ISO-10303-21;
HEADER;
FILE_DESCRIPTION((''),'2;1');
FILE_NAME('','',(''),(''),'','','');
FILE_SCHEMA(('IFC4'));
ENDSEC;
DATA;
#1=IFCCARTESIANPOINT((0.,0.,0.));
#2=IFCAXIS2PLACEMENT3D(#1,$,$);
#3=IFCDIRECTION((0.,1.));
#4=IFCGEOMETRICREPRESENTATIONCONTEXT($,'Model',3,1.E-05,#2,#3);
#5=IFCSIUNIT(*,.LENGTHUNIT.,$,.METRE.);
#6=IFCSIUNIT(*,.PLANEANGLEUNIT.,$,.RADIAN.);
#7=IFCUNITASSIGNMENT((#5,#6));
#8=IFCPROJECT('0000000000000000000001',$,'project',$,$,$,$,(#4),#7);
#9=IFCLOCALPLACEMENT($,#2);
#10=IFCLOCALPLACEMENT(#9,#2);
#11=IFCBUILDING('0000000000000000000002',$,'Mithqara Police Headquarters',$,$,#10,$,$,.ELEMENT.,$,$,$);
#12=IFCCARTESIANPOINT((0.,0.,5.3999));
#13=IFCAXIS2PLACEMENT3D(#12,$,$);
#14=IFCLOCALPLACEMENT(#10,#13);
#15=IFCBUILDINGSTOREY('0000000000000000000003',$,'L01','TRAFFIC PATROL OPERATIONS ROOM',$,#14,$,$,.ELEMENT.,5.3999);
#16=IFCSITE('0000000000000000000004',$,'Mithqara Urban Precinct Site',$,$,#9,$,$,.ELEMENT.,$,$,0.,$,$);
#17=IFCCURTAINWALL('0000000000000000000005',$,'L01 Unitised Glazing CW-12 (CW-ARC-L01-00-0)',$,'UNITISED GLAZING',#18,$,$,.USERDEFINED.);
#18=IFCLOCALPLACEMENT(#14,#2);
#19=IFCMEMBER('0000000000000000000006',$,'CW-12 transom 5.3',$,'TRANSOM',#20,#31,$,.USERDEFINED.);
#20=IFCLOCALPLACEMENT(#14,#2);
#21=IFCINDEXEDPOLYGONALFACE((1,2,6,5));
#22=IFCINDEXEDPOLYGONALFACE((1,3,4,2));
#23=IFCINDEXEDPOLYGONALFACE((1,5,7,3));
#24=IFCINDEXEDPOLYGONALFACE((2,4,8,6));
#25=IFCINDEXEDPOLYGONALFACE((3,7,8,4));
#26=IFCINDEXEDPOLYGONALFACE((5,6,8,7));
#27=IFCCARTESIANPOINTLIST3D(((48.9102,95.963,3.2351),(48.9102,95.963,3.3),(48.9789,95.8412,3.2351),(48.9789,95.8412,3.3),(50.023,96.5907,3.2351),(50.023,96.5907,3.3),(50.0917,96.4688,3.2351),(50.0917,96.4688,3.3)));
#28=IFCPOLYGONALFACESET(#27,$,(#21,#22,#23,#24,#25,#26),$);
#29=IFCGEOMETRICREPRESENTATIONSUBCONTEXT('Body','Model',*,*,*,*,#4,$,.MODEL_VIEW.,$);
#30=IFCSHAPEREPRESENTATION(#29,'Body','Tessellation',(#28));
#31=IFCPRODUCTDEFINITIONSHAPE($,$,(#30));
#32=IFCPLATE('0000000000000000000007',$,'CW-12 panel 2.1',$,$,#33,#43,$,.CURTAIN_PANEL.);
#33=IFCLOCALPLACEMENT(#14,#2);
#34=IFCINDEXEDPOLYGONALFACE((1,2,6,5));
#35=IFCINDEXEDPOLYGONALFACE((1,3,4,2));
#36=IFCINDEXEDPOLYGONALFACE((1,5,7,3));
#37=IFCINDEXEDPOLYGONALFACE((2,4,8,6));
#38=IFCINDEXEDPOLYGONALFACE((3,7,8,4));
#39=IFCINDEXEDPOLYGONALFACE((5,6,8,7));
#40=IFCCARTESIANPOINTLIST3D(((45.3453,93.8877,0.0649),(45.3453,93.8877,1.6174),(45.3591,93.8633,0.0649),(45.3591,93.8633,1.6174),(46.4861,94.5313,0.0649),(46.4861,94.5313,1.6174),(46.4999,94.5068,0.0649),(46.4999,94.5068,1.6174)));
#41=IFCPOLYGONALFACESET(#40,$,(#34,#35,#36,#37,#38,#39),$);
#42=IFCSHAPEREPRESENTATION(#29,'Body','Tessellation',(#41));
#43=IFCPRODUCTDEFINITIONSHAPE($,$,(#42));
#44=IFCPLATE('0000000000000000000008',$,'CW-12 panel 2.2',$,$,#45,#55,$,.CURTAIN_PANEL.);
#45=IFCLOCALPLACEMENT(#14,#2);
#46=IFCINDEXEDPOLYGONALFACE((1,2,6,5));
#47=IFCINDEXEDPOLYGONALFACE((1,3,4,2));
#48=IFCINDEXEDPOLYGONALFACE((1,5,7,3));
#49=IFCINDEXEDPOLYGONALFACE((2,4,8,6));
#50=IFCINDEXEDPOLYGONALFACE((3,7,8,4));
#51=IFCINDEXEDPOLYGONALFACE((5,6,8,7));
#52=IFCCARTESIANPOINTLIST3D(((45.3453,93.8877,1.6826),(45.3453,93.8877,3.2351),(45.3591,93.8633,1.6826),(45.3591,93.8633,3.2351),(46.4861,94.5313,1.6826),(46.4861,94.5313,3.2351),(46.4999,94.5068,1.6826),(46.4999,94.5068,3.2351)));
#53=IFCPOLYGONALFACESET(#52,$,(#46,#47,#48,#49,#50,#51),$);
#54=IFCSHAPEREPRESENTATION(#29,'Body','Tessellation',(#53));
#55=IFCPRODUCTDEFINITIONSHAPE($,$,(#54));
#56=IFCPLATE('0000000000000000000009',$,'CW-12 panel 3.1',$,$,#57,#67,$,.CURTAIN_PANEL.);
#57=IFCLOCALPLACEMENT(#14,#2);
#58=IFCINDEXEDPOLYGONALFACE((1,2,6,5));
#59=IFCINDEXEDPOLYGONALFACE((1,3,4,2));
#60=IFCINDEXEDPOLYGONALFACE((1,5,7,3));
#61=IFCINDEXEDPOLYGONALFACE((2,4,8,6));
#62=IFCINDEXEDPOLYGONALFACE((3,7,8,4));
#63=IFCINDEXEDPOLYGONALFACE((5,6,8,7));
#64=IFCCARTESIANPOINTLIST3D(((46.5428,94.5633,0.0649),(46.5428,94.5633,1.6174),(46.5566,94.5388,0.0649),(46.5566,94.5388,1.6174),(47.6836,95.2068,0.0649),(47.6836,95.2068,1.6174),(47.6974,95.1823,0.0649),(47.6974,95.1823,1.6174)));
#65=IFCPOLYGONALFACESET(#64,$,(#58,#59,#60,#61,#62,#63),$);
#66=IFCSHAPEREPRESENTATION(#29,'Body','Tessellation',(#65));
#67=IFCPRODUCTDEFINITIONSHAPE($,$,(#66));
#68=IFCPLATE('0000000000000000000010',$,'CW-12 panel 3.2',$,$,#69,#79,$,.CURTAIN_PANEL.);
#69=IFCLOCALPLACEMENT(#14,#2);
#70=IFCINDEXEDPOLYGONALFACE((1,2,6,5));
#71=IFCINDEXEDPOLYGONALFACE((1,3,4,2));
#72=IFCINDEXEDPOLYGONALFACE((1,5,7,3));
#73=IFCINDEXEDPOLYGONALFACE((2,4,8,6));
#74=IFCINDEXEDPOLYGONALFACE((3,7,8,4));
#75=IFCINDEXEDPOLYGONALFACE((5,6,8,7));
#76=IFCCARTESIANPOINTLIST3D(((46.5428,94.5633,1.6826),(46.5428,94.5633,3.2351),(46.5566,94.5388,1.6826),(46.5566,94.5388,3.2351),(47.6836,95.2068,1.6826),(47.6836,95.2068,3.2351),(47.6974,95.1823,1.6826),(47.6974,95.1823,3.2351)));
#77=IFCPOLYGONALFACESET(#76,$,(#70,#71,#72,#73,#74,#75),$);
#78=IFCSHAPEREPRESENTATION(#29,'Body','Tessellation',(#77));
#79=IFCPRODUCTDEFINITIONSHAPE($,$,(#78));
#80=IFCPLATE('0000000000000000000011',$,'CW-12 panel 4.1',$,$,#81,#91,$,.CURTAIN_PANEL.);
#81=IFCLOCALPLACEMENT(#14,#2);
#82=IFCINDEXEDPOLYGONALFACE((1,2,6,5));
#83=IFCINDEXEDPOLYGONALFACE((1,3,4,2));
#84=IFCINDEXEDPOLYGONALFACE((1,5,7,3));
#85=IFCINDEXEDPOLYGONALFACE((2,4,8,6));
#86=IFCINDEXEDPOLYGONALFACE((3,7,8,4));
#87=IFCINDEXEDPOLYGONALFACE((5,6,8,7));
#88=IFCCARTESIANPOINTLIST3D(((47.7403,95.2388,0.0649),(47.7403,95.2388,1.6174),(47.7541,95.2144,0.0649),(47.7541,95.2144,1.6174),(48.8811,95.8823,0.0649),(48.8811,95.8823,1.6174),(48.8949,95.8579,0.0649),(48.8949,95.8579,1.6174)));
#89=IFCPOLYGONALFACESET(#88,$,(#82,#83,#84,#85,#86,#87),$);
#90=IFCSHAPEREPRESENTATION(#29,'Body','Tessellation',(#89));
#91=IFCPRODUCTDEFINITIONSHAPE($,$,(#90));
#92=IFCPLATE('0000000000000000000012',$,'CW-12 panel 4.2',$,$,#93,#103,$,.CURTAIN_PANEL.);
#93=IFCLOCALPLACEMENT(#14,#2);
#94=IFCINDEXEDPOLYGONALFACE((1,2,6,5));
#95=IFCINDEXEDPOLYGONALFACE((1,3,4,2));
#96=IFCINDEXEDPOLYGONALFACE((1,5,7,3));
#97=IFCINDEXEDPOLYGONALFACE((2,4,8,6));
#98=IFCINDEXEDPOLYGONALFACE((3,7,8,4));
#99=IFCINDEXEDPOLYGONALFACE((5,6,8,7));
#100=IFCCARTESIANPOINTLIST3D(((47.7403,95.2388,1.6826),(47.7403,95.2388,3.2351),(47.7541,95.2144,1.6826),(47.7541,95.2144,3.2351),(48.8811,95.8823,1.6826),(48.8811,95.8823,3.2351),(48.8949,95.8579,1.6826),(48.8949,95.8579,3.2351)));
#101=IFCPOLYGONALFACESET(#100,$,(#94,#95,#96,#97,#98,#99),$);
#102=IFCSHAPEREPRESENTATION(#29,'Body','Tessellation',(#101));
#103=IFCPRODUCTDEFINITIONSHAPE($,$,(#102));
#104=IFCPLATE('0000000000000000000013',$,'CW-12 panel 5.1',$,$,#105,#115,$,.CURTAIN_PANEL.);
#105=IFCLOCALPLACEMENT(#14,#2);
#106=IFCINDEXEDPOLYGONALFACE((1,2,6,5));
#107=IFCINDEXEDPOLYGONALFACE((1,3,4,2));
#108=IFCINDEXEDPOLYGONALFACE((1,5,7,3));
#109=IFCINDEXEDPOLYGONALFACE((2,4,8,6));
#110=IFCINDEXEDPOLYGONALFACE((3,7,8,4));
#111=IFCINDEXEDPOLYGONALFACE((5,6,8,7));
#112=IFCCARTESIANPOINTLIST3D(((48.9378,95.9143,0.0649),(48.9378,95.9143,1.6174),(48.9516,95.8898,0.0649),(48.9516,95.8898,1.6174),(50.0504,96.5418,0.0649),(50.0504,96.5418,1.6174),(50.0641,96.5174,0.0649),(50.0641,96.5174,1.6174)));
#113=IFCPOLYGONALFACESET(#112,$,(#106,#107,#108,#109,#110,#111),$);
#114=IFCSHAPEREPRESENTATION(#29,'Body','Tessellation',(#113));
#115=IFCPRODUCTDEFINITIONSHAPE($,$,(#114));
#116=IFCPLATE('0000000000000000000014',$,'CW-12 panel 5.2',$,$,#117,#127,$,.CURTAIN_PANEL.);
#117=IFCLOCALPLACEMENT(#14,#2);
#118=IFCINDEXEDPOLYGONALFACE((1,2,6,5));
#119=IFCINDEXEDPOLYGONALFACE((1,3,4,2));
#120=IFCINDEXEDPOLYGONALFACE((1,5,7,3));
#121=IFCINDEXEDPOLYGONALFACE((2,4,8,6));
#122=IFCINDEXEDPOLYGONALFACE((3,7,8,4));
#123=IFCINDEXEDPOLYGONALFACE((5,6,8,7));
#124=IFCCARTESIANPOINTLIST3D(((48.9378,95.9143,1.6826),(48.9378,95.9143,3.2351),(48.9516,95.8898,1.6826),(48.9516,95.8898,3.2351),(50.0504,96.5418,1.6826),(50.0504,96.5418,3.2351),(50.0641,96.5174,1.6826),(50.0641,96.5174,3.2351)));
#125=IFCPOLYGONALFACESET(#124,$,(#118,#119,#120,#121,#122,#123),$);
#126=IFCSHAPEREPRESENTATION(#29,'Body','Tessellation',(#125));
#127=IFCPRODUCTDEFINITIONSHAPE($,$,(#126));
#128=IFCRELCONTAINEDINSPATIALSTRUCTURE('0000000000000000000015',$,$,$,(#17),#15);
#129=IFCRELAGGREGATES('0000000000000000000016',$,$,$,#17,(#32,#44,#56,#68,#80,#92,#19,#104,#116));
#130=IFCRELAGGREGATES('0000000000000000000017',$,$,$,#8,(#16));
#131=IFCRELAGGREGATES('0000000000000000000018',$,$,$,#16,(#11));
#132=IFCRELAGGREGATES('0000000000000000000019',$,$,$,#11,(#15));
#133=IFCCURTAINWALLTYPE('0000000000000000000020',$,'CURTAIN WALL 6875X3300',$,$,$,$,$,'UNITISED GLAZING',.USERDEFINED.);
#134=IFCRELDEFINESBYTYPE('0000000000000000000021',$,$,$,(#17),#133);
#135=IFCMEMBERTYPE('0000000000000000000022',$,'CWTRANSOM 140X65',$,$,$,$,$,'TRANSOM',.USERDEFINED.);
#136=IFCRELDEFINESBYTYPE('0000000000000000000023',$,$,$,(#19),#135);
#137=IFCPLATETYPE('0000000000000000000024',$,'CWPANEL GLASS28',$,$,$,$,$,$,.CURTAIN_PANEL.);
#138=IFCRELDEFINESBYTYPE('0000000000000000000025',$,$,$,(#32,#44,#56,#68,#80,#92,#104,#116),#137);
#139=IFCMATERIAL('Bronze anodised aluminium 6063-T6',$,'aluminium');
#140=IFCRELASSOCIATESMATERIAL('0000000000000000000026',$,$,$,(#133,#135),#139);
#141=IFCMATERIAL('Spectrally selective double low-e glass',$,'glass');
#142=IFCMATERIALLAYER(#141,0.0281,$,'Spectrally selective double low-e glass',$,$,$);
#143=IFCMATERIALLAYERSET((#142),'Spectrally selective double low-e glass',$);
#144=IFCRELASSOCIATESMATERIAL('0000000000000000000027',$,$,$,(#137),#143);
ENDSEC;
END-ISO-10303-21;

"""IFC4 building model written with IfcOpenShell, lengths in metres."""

from ifc_helpers import new_model, si_unit, direction, frame, origin, origin_2d, place, context, subcontext, project, spatial, rectangle, extrude, material, layer, layer_set, material_profile, profile_set, type_object, element, aggregate, save


model = new_model("IFC4")

# Units and contexts
model_context = context("Model", 3, precision=1e-05, world=origin(), true_north=direction((0.0, 1.0)))
body_context = subcontext(model_context, "Body", "Model", "MODEL_VIEW")
ifc_project = project(units=[si_unit("LENGTHUNIT", "METRE"), si_unit("PLANEANGLEUNIT", "RADIAN")], contexts=[model_context])

# Site, building, storey
site_placement = place(None, origin())
site = spatial("IfcSite", under=ifc_project, at=site_placement, Name="Mithqara Urban Precinct Site", CompositionType="ELEMENT", RefElevation=0.0)
building_placement = place(site_placement, origin())
building = spatial("IfcBuilding", under=site, at=building_placement, Name="Mithqara Police Headquarters", CompositionType="ELEMENT")
storey_placement = place(building_placement, frame((0.0, 0.0, 5.3999)))
storey = spatial("IfcBuildingStorey", under=building, at=storey_placement, Name="L01", Description="TRAFFIC PATROL OPERATIONS ROOM", CompositionType="ELEMENT", Elevation=5.3999)

# Curtain wall, member, plates
ifc_material_1 = material(Name="Bronze anodised aluminium 6063-T6", Category="aluminium")
curtain_wall_type = type_object("IfcCurtainWallType", Name="CURTAIN WALL 6875X3300", ElementType="UNITISED GLAZING", PredefinedType="USERDEFINED", material=ifc_material_1)
curtain_wall_placement = place(storey_placement, origin())
curtain_wall = element("IfcCurtainWall", 1, at=curtain_wall_placement, inside=storey, type_object=curtain_wall_type, Name="L01 Unitised Glazing CW-12 (CW-ARC-L01-00-0)", ObjectType="UNITISED GLAZING", PredefinedType="USERDEFINED")
ifc_material_profile_1 = material_profile(ifc_material_1, rectangle(XDim=0.1399, YDim=0.0649, at=origin_2d()), Name="CWT 140x65")
ifc_profile_set_1 = profile_set([ifc_material_profile_1], Name="Bronze anodised aluminium 6063-T6")
member_type_1 = type_object("IfcMemberType", Name="CWTRANSOM 140X65", ElementType="TRANSOM", PredefinedType="USERDEFINED", material=ifc_profile_set_1)
member_1_placement = place(storey_placement, frame((48.9446, 95.9021, 3.2676), z_axis=(0.870993, 0.491295, 0.0), x_axis=(-0.491295, 0.870993, 0.0)))
member_1 = element("IfcMember", 2, at=member_1_placement, type_object=member_type_1, Name="CW-12 transom 5.3", ObjectType="TRANSOM", PredefinedType="USERDEFINED", context=body_context, shape_type="SweptSolid", body=[
    extrude(rectangle(XDim=0.1399, YDim=0.0649, at=origin_2d()), origin(), (0.0, 0.0, 1.0), 1.2776),
])
ifc_material_2 = material(Name="Spectrally selective double low-e glass", Category="glass")
ifc_layer = layer(ifc_material_2, 0.0281, Name="Spectrally selective double low-e glass")
ifc_layer_set = layer_set([ifc_layer], Name="Spectrally selective double low-e glass")
plate_type = type_object("IfcPlateType", Name="CWPANEL GLASS28", PredefinedType="CURTAIN_PANEL", material=ifc_layer_set)
plate_1_placement = place(storey_placement, frame((45.9226, 94.1973, 0.0649), z_axis=(0.0, 0.0, 1.0), x_axis=(0.870986, 0.491308, 0.0)))
plate_1 = element("IfcPlate", 3, at=plate_1_placement, type_object=plate_type, Name="CW-12 panel 2.1", PredefinedType="CURTAIN_PANEL", context=body_context, shape_type="SweptSolid", body=[
    extrude(rectangle(XDim=1.3098, YDim=0.0281, at=origin_2d()), origin(), (0.0, 0.0, 1.0), 1.5525),
])
plate_2_placement = place(storey_placement, frame((45.9226, 94.1973, 1.6826), z_axis=(0.0, 0.0, 1.0), x_axis=(0.870986, 0.491308, 0.0)))
plate_2 = element("IfcPlate", 4, at=plate_2_placement, type_object=plate_type, Name="CW-12 panel 2.2", PredefinedType="CURTAIN_PANEL", context=body_context, shape_type="SweptSolid", body=[
    extrude(rectangle(XDim=1.3098, YDim=0.0281, at=origin_2d()), origin(), (0.0, 0.0, 1.0), 1.5525),
])
plate_3_placement = place(storey_placement, frame((47.1201, 94.8728, 0.0649), z_axis=(0.0, 0.0, 1.0), x_axis=(0.870986, 0.491308, 0.0)))
plate_3 = element("IfcPlate", 5, at=plate_3_placement, type_object=plate_type, Name="CW-12 panel 3.1", PredefinedType="CURTAIN_PANEL", context=body_context, shape_type="SweptSolid", body=[
    extrude(rectangle(XDim=1.3098, YDim=0.0281, at=origin_2d()), origin(), (0.0, 0.0, 1.0), 1.5525),
])
plate_4_placement = place(storey_placement, frame((47.1201, 94.8728, 1.6826), z_axis=(0.0, 0.0, 1.0), x_axis=(0.870986, 0.491308, 0.0)))
plate_4 = element("IfcPlate", 6, at=plate_4_placement, type_object=plate_type, Name="CW-12 panel 3.2", PredefinedType="CURTAIN_PANEL", context=body_context, shape_type="SweptSolid", body=[
    extrude(rectangle(XDim=1.3098, YDim=0.0281, at=origin_2d()), origin(), (0.0, 0.0, 1.0), 1.5525),
])
plate_5_placement = place(storey_placement, frame((48.3176, 95.5483, 0.0649), z_axis=(0.0, 0.0, 1.0), x_axis=(0.870986, 0.491308, 0.0)))
plate_5 = element("IfcPlate", 7, at=plate_5_placement, type_object=plate_type, Name="CW-12 panel 4.1", PredefinedType="CURTAIN_PANEL", context=body_context, shape_type="SweptSolid", body=[
    extrude(rectangle(XDim=1.3098, YDim=0.0281, at=origin_2d()), origin(), (0.0, 0.0, 1.0), 1.5525),
])
plate_6_placement = place(storey_placement, frame((48.3176, 95.5483, 1.6826), z_axis=(0.0, 0.0, 1.0), x_axis=(0.870986, 0.491308, 0.0)))
plate_6 = element("IfcPlate", 8, at=plate_6_placement, type_object=plate_type, Name="CW-12 panel 4.2", PredefinedType="CURTAIN_PANEL", context=body_context, shape_type="SweptSolid", body=[
    extrude(rectangle(XDim=1.3098, YDim=0.0281, at=origin_2d()), origin(), (0.0, 0.0, 1.0), 1.5525),
])
plate_7_placement = place(storey_placement, frame((49.501, 96.2158, 0.0649), z_axis=(0.0, 0.0, 1.0), x_axis=(0.870986, 0.491308, 0.0)))
plate_7 = element("IfcPlate", 9, at=plate_7_placement, type_object=plate_type, Name="CW-12 panel 5.1", PredefinedType="CURTAIN_PANEL", context=body_context, shape_type="SweptSolid", body=[
    extrude(rectangle(XDim=1.2773, YDim=0.0281, at=origin_2d()), origin(), (0.0, 0.0, 1.0), 1.5525),
])
plate_8_placement = place(storey_placement, frame((49.501, 96.2158, 1.6826), z_axis=(0.0, 0.0, 1.0), x_axis=(0.870986, 0.491308, 0.0)))
plate_8 = element("IfcPlate", 10, at=plate_8_placement, type_object=plate_type, Name="CW-12 panel 5.2", PredefinedType="CURTAIN_PANEL", context=body_context, shape_type="SweptSolid", body=[
    extrude(rectangle(XDim=1.2773, YDim=0.0281, at=origin_2d()), origin(), (0.0, 0.0, 1.0), 1.5525),
])
aggregate(curtain_wall, [plate_1, plate_2, plate_3, plate_4, plate_5, plate_6, member_1, plate_7, plate_8])

save(model, "model.ifc")
